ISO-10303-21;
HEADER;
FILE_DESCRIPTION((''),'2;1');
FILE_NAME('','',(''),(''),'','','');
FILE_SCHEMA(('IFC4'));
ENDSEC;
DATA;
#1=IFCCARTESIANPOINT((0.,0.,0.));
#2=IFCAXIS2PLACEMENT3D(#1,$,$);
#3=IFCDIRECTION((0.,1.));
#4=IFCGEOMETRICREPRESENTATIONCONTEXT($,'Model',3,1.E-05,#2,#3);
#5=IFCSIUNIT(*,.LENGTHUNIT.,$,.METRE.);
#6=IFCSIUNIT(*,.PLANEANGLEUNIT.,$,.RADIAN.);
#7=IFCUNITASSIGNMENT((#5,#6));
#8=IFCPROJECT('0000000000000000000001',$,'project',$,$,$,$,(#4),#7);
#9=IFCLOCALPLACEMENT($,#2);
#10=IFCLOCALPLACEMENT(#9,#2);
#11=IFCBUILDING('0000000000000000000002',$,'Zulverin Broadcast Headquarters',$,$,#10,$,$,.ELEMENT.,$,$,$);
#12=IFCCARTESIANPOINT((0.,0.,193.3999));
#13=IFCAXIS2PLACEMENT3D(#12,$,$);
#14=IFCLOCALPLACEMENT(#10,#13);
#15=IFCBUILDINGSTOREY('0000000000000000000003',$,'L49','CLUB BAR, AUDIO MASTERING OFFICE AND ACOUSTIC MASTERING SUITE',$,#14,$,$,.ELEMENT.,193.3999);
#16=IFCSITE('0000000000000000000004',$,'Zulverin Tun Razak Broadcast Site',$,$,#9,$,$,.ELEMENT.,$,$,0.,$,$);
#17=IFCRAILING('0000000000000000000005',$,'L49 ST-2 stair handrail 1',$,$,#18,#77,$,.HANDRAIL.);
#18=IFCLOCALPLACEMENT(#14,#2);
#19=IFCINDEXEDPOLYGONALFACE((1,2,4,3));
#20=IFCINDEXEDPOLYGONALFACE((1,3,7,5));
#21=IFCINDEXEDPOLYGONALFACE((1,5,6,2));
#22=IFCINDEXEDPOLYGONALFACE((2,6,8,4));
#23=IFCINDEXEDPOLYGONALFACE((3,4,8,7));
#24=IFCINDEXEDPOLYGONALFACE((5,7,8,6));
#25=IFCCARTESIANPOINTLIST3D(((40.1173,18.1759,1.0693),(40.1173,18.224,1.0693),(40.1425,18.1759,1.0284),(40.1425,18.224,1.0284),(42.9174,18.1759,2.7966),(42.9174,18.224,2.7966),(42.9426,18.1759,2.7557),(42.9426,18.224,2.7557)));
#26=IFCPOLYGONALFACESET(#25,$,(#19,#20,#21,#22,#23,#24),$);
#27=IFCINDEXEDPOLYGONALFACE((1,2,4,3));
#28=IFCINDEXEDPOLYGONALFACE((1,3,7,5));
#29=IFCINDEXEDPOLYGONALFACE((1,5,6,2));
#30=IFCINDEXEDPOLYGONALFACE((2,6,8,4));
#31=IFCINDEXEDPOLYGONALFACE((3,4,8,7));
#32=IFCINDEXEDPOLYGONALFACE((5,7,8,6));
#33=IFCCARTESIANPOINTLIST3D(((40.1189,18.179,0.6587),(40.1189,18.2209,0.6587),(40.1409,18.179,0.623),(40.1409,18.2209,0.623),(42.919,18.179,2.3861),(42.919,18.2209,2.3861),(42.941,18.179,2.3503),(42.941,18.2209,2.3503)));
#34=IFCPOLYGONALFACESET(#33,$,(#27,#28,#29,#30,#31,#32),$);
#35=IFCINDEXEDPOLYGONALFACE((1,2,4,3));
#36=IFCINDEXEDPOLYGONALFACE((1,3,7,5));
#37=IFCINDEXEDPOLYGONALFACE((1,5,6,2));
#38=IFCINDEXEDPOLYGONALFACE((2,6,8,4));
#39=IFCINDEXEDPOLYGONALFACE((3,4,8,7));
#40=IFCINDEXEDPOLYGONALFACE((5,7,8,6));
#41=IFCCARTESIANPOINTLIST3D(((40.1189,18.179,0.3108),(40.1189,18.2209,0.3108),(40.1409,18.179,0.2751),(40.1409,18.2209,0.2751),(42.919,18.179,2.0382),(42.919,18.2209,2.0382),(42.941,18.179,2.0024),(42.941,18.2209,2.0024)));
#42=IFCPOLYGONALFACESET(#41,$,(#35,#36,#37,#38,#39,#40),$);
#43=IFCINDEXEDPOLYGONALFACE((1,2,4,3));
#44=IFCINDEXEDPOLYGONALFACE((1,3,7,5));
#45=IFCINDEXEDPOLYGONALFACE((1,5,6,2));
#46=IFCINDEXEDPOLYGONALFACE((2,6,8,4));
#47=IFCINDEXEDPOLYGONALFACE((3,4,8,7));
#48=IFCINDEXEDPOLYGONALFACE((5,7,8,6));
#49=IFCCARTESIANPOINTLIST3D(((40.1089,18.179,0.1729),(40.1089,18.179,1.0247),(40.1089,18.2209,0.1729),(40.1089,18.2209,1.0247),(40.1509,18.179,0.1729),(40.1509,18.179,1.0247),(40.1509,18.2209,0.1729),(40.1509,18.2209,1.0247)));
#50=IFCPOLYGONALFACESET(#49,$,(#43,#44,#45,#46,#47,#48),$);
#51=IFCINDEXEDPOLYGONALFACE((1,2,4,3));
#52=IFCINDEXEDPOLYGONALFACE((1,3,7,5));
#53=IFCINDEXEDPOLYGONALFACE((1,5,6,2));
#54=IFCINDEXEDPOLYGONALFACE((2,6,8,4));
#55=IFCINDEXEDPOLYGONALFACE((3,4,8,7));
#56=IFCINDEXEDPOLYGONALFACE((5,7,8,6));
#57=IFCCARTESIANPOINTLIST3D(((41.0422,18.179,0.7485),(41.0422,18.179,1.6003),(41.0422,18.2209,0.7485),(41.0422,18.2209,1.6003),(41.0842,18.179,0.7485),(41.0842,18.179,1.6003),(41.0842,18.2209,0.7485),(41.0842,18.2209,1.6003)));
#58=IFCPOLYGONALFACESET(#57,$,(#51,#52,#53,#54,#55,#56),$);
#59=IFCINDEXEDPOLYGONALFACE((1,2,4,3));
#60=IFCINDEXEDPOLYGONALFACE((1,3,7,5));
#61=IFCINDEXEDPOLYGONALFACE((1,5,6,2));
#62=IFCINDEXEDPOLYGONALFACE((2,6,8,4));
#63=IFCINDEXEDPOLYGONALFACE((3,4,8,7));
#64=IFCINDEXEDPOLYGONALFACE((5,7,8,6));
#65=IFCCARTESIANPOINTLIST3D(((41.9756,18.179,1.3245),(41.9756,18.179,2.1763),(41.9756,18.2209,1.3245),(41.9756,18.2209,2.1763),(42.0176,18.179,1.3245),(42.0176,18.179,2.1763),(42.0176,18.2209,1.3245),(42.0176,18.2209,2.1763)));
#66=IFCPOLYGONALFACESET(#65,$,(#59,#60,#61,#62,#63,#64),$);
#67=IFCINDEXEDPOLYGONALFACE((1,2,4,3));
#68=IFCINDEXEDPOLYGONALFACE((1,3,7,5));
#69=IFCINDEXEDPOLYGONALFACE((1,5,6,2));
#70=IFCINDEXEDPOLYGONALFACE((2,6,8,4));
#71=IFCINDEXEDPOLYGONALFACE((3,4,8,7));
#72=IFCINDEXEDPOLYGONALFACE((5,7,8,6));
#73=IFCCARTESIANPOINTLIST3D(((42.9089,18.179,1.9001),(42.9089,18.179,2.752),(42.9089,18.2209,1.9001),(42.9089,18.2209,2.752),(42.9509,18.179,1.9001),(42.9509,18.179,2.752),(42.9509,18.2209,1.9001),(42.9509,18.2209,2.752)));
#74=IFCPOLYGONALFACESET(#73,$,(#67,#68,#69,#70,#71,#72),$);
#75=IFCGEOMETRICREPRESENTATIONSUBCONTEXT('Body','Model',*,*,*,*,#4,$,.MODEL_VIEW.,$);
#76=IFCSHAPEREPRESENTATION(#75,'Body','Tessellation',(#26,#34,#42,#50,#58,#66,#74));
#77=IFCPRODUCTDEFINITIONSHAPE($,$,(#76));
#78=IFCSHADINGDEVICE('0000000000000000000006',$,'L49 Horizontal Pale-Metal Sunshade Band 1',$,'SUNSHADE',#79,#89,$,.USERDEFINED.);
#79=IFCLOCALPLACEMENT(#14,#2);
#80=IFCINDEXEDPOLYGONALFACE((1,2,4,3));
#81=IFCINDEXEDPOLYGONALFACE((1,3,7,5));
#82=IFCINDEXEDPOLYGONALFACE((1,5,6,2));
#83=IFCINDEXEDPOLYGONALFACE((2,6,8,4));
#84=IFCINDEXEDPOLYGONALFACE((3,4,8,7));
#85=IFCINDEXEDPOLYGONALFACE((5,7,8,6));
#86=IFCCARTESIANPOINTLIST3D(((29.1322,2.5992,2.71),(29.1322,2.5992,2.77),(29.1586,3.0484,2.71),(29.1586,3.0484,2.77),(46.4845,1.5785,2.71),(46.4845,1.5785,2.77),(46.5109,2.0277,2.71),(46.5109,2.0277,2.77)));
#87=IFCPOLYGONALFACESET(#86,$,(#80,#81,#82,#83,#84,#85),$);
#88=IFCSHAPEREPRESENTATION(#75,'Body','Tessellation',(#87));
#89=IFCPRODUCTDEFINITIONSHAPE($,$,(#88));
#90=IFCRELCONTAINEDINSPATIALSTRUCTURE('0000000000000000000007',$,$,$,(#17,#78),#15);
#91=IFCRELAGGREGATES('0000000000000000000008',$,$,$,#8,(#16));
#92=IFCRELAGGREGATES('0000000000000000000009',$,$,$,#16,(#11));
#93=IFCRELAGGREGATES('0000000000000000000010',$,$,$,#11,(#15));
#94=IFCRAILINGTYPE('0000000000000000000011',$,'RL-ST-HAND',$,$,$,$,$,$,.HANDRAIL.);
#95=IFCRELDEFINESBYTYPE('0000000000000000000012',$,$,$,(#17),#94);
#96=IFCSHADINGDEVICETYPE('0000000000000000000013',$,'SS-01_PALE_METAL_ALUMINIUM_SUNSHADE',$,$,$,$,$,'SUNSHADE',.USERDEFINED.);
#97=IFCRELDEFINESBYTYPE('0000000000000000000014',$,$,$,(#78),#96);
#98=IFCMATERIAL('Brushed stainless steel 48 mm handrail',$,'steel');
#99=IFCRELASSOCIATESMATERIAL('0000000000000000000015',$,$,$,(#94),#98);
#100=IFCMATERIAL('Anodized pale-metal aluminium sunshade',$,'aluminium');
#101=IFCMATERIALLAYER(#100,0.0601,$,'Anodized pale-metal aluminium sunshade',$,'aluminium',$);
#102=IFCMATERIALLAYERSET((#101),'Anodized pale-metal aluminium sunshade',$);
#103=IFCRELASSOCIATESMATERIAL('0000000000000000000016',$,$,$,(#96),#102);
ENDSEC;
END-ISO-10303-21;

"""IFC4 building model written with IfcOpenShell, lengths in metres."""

from ifc_helpers import new_model, si_unit, direction, frame, origin, origin_2d, place, context, subcontext, project, spatial, rectangle, extrude, material, layer, layer_set, type_object, element, save


model = new_model("IFC4")

# Units and contexts
model_context = context("Model", 3, precision=1e-05, world=origin(), true_north=direction((0.0, 1.0)))
body_context = subcontext(model_context, "Body", "Model", "MODEL_VIEW")
ifc_project = project(units=[si_unit("LENGTHUNIT", "METRE"), si_unit("PLANEANGLEUNIT", "RADIAN")], contexts=[model_context])

# Site, building, storey
site_placement = place(None, origin())
site = spatial("IfcSite", under=ifc_project, at=site_placement, Name="Zulverin Tun Razak Broadcast Site", CompositionType="ELEMENT", RefElevation=0.0)
building_placement = place(site_placement, origin())
building = spatial("IfcBuilding", under=site, at=building_placement, Name="Zulverin Broadcast Headquarters", CompositionType="ELEMENT")
storey_placement = place(building_placement, frame((0.0, 0.0, 193.3999)))
storey = spatial("IfcBuildingStorey", under=building, at=storey_placement, Name="L49", Description="CLUB BAR, AUDIO MASTERING OFFICE AND ACOUSTIC MASTERING SUITE", CompositionType="ELEMENT", Elevation=193.3999)

# Railing
ifc_material_1 = material(Name="Brushed stainless steel 48 mm handrail", Category="steel")
railing_type_1 = type_object("IfcRailingType", Name="RL-ST-HAND", PredefinedType="HANDRAIL", material=ifc_material_1)
railing_1_placement = place(storey_placement, frame((40.1299, 18.2, 0.1729)))
element("IfcRailing", 1, at=railing_1_placement, inside=storey, type_object=railing_type_1, Name="L49 ST-2 stair handrail 1", PredefinedType="HANDRAIL", context=body_context, shape_type="SweptSolid", body=[
    extrude(rectangle(XDim=0.0481, YDim=0.0481, at=origin_2d()), frame((0.0, 0.0, 0.876), z_axis=(0.85109, 0.0, 0.52502), x_axis=(0.0, 1.0, 0.0)), (0.0, 0.0, 1.0), 3.29),
    extrude(rectangle(XDim=0.042, YDim=0.042, at=origin_2d()), frame((0.0, 0.0, 0.468), z_axis=(0.85109, 0.0, 0.52502), x_axis=(0.0, 1.0, 0.0)), (0.0, 0.0, 1.0), 3.29),
    extrude(rectangle(XDim=0.042, YDim=0.042, at=origin_2d()), frame((0.0, 0.0, 0.1201), z_axis=(0.85109, 0.0, 0.52502), x_axis=(0.0, 1.0, 0.0)), (0.0, 0.0, 1.0), 3.29),
    extrude(rectangle(XDim=0.042, YDim=0.042, at=origin_2d()), origin(), (0.0, 0.0, 1.0), 0.8518),
    extrude(rectangle(XDim=0.042, YDim=0.042, at=origin_2d()), frame((0.9333, 0.0, 0.5757)), (0.0, 0.0, 1.0), 0.8518),
    extrude(rectangle(XDim=0.042, YDim=0.042, at=origin_2d()), frame((1.8667, 0.0, 1.1516)), (0.0, 0.0, 1.0), 0.8518),
    extrude(rectangle(XDim=0.042, YDim=0.042, at=origin_2d()), frame((2.8, 0.0, 1.7273)), (0.0, 0.0, 1.0), 0.8518),
])

# Shading device
ifc_material_2 = material(Name="Anodized pale-metal aluminium sunshade", Category="aluminium")
ifc_layer_1 = layer(ifc_material_2, 0.0601, Name="Anodized pale-metal aluminium sunshade", Category="aluminium")
ifc_layer_set_1 = layer_set([ifc_layer_1], Name="Anodized pale-metal aluminium sunshade")
shading_device_type = type_object("IfcShadingDeviceType", Name="SS-01_PALE_METAL_ALUMINIUM_SUNSHADE", ElementType="SUNSHADE", PredefinedType="USERDEFINED", material=ifc_layer_set_1)
shading_device_placement = place(storey_placement, frame((37.8215, 2.3135, 2.71), z_axis=(0.0, 0.0, 1.0), x_axis=(0.998274, -0.058721, 0.0)))
element("IfcShadingDevice", 2, at=shading_device_placement, inside=storey, type_object=shading_device_type, Name="L49 Horizontal Pale-Metal Sunshade Band 1", ObjectType="SUNSHADE", PredefinedType="USERDEFINED", context=body_context, shape_type="SweptSolid", body=[
    extrude(rectangle(XDim=17.3823, YDim=0.45, at=origin_2d()), origin(), (0.0, 0.0, 1.0), 0.0601),
])

save(model, "model.ifc")
